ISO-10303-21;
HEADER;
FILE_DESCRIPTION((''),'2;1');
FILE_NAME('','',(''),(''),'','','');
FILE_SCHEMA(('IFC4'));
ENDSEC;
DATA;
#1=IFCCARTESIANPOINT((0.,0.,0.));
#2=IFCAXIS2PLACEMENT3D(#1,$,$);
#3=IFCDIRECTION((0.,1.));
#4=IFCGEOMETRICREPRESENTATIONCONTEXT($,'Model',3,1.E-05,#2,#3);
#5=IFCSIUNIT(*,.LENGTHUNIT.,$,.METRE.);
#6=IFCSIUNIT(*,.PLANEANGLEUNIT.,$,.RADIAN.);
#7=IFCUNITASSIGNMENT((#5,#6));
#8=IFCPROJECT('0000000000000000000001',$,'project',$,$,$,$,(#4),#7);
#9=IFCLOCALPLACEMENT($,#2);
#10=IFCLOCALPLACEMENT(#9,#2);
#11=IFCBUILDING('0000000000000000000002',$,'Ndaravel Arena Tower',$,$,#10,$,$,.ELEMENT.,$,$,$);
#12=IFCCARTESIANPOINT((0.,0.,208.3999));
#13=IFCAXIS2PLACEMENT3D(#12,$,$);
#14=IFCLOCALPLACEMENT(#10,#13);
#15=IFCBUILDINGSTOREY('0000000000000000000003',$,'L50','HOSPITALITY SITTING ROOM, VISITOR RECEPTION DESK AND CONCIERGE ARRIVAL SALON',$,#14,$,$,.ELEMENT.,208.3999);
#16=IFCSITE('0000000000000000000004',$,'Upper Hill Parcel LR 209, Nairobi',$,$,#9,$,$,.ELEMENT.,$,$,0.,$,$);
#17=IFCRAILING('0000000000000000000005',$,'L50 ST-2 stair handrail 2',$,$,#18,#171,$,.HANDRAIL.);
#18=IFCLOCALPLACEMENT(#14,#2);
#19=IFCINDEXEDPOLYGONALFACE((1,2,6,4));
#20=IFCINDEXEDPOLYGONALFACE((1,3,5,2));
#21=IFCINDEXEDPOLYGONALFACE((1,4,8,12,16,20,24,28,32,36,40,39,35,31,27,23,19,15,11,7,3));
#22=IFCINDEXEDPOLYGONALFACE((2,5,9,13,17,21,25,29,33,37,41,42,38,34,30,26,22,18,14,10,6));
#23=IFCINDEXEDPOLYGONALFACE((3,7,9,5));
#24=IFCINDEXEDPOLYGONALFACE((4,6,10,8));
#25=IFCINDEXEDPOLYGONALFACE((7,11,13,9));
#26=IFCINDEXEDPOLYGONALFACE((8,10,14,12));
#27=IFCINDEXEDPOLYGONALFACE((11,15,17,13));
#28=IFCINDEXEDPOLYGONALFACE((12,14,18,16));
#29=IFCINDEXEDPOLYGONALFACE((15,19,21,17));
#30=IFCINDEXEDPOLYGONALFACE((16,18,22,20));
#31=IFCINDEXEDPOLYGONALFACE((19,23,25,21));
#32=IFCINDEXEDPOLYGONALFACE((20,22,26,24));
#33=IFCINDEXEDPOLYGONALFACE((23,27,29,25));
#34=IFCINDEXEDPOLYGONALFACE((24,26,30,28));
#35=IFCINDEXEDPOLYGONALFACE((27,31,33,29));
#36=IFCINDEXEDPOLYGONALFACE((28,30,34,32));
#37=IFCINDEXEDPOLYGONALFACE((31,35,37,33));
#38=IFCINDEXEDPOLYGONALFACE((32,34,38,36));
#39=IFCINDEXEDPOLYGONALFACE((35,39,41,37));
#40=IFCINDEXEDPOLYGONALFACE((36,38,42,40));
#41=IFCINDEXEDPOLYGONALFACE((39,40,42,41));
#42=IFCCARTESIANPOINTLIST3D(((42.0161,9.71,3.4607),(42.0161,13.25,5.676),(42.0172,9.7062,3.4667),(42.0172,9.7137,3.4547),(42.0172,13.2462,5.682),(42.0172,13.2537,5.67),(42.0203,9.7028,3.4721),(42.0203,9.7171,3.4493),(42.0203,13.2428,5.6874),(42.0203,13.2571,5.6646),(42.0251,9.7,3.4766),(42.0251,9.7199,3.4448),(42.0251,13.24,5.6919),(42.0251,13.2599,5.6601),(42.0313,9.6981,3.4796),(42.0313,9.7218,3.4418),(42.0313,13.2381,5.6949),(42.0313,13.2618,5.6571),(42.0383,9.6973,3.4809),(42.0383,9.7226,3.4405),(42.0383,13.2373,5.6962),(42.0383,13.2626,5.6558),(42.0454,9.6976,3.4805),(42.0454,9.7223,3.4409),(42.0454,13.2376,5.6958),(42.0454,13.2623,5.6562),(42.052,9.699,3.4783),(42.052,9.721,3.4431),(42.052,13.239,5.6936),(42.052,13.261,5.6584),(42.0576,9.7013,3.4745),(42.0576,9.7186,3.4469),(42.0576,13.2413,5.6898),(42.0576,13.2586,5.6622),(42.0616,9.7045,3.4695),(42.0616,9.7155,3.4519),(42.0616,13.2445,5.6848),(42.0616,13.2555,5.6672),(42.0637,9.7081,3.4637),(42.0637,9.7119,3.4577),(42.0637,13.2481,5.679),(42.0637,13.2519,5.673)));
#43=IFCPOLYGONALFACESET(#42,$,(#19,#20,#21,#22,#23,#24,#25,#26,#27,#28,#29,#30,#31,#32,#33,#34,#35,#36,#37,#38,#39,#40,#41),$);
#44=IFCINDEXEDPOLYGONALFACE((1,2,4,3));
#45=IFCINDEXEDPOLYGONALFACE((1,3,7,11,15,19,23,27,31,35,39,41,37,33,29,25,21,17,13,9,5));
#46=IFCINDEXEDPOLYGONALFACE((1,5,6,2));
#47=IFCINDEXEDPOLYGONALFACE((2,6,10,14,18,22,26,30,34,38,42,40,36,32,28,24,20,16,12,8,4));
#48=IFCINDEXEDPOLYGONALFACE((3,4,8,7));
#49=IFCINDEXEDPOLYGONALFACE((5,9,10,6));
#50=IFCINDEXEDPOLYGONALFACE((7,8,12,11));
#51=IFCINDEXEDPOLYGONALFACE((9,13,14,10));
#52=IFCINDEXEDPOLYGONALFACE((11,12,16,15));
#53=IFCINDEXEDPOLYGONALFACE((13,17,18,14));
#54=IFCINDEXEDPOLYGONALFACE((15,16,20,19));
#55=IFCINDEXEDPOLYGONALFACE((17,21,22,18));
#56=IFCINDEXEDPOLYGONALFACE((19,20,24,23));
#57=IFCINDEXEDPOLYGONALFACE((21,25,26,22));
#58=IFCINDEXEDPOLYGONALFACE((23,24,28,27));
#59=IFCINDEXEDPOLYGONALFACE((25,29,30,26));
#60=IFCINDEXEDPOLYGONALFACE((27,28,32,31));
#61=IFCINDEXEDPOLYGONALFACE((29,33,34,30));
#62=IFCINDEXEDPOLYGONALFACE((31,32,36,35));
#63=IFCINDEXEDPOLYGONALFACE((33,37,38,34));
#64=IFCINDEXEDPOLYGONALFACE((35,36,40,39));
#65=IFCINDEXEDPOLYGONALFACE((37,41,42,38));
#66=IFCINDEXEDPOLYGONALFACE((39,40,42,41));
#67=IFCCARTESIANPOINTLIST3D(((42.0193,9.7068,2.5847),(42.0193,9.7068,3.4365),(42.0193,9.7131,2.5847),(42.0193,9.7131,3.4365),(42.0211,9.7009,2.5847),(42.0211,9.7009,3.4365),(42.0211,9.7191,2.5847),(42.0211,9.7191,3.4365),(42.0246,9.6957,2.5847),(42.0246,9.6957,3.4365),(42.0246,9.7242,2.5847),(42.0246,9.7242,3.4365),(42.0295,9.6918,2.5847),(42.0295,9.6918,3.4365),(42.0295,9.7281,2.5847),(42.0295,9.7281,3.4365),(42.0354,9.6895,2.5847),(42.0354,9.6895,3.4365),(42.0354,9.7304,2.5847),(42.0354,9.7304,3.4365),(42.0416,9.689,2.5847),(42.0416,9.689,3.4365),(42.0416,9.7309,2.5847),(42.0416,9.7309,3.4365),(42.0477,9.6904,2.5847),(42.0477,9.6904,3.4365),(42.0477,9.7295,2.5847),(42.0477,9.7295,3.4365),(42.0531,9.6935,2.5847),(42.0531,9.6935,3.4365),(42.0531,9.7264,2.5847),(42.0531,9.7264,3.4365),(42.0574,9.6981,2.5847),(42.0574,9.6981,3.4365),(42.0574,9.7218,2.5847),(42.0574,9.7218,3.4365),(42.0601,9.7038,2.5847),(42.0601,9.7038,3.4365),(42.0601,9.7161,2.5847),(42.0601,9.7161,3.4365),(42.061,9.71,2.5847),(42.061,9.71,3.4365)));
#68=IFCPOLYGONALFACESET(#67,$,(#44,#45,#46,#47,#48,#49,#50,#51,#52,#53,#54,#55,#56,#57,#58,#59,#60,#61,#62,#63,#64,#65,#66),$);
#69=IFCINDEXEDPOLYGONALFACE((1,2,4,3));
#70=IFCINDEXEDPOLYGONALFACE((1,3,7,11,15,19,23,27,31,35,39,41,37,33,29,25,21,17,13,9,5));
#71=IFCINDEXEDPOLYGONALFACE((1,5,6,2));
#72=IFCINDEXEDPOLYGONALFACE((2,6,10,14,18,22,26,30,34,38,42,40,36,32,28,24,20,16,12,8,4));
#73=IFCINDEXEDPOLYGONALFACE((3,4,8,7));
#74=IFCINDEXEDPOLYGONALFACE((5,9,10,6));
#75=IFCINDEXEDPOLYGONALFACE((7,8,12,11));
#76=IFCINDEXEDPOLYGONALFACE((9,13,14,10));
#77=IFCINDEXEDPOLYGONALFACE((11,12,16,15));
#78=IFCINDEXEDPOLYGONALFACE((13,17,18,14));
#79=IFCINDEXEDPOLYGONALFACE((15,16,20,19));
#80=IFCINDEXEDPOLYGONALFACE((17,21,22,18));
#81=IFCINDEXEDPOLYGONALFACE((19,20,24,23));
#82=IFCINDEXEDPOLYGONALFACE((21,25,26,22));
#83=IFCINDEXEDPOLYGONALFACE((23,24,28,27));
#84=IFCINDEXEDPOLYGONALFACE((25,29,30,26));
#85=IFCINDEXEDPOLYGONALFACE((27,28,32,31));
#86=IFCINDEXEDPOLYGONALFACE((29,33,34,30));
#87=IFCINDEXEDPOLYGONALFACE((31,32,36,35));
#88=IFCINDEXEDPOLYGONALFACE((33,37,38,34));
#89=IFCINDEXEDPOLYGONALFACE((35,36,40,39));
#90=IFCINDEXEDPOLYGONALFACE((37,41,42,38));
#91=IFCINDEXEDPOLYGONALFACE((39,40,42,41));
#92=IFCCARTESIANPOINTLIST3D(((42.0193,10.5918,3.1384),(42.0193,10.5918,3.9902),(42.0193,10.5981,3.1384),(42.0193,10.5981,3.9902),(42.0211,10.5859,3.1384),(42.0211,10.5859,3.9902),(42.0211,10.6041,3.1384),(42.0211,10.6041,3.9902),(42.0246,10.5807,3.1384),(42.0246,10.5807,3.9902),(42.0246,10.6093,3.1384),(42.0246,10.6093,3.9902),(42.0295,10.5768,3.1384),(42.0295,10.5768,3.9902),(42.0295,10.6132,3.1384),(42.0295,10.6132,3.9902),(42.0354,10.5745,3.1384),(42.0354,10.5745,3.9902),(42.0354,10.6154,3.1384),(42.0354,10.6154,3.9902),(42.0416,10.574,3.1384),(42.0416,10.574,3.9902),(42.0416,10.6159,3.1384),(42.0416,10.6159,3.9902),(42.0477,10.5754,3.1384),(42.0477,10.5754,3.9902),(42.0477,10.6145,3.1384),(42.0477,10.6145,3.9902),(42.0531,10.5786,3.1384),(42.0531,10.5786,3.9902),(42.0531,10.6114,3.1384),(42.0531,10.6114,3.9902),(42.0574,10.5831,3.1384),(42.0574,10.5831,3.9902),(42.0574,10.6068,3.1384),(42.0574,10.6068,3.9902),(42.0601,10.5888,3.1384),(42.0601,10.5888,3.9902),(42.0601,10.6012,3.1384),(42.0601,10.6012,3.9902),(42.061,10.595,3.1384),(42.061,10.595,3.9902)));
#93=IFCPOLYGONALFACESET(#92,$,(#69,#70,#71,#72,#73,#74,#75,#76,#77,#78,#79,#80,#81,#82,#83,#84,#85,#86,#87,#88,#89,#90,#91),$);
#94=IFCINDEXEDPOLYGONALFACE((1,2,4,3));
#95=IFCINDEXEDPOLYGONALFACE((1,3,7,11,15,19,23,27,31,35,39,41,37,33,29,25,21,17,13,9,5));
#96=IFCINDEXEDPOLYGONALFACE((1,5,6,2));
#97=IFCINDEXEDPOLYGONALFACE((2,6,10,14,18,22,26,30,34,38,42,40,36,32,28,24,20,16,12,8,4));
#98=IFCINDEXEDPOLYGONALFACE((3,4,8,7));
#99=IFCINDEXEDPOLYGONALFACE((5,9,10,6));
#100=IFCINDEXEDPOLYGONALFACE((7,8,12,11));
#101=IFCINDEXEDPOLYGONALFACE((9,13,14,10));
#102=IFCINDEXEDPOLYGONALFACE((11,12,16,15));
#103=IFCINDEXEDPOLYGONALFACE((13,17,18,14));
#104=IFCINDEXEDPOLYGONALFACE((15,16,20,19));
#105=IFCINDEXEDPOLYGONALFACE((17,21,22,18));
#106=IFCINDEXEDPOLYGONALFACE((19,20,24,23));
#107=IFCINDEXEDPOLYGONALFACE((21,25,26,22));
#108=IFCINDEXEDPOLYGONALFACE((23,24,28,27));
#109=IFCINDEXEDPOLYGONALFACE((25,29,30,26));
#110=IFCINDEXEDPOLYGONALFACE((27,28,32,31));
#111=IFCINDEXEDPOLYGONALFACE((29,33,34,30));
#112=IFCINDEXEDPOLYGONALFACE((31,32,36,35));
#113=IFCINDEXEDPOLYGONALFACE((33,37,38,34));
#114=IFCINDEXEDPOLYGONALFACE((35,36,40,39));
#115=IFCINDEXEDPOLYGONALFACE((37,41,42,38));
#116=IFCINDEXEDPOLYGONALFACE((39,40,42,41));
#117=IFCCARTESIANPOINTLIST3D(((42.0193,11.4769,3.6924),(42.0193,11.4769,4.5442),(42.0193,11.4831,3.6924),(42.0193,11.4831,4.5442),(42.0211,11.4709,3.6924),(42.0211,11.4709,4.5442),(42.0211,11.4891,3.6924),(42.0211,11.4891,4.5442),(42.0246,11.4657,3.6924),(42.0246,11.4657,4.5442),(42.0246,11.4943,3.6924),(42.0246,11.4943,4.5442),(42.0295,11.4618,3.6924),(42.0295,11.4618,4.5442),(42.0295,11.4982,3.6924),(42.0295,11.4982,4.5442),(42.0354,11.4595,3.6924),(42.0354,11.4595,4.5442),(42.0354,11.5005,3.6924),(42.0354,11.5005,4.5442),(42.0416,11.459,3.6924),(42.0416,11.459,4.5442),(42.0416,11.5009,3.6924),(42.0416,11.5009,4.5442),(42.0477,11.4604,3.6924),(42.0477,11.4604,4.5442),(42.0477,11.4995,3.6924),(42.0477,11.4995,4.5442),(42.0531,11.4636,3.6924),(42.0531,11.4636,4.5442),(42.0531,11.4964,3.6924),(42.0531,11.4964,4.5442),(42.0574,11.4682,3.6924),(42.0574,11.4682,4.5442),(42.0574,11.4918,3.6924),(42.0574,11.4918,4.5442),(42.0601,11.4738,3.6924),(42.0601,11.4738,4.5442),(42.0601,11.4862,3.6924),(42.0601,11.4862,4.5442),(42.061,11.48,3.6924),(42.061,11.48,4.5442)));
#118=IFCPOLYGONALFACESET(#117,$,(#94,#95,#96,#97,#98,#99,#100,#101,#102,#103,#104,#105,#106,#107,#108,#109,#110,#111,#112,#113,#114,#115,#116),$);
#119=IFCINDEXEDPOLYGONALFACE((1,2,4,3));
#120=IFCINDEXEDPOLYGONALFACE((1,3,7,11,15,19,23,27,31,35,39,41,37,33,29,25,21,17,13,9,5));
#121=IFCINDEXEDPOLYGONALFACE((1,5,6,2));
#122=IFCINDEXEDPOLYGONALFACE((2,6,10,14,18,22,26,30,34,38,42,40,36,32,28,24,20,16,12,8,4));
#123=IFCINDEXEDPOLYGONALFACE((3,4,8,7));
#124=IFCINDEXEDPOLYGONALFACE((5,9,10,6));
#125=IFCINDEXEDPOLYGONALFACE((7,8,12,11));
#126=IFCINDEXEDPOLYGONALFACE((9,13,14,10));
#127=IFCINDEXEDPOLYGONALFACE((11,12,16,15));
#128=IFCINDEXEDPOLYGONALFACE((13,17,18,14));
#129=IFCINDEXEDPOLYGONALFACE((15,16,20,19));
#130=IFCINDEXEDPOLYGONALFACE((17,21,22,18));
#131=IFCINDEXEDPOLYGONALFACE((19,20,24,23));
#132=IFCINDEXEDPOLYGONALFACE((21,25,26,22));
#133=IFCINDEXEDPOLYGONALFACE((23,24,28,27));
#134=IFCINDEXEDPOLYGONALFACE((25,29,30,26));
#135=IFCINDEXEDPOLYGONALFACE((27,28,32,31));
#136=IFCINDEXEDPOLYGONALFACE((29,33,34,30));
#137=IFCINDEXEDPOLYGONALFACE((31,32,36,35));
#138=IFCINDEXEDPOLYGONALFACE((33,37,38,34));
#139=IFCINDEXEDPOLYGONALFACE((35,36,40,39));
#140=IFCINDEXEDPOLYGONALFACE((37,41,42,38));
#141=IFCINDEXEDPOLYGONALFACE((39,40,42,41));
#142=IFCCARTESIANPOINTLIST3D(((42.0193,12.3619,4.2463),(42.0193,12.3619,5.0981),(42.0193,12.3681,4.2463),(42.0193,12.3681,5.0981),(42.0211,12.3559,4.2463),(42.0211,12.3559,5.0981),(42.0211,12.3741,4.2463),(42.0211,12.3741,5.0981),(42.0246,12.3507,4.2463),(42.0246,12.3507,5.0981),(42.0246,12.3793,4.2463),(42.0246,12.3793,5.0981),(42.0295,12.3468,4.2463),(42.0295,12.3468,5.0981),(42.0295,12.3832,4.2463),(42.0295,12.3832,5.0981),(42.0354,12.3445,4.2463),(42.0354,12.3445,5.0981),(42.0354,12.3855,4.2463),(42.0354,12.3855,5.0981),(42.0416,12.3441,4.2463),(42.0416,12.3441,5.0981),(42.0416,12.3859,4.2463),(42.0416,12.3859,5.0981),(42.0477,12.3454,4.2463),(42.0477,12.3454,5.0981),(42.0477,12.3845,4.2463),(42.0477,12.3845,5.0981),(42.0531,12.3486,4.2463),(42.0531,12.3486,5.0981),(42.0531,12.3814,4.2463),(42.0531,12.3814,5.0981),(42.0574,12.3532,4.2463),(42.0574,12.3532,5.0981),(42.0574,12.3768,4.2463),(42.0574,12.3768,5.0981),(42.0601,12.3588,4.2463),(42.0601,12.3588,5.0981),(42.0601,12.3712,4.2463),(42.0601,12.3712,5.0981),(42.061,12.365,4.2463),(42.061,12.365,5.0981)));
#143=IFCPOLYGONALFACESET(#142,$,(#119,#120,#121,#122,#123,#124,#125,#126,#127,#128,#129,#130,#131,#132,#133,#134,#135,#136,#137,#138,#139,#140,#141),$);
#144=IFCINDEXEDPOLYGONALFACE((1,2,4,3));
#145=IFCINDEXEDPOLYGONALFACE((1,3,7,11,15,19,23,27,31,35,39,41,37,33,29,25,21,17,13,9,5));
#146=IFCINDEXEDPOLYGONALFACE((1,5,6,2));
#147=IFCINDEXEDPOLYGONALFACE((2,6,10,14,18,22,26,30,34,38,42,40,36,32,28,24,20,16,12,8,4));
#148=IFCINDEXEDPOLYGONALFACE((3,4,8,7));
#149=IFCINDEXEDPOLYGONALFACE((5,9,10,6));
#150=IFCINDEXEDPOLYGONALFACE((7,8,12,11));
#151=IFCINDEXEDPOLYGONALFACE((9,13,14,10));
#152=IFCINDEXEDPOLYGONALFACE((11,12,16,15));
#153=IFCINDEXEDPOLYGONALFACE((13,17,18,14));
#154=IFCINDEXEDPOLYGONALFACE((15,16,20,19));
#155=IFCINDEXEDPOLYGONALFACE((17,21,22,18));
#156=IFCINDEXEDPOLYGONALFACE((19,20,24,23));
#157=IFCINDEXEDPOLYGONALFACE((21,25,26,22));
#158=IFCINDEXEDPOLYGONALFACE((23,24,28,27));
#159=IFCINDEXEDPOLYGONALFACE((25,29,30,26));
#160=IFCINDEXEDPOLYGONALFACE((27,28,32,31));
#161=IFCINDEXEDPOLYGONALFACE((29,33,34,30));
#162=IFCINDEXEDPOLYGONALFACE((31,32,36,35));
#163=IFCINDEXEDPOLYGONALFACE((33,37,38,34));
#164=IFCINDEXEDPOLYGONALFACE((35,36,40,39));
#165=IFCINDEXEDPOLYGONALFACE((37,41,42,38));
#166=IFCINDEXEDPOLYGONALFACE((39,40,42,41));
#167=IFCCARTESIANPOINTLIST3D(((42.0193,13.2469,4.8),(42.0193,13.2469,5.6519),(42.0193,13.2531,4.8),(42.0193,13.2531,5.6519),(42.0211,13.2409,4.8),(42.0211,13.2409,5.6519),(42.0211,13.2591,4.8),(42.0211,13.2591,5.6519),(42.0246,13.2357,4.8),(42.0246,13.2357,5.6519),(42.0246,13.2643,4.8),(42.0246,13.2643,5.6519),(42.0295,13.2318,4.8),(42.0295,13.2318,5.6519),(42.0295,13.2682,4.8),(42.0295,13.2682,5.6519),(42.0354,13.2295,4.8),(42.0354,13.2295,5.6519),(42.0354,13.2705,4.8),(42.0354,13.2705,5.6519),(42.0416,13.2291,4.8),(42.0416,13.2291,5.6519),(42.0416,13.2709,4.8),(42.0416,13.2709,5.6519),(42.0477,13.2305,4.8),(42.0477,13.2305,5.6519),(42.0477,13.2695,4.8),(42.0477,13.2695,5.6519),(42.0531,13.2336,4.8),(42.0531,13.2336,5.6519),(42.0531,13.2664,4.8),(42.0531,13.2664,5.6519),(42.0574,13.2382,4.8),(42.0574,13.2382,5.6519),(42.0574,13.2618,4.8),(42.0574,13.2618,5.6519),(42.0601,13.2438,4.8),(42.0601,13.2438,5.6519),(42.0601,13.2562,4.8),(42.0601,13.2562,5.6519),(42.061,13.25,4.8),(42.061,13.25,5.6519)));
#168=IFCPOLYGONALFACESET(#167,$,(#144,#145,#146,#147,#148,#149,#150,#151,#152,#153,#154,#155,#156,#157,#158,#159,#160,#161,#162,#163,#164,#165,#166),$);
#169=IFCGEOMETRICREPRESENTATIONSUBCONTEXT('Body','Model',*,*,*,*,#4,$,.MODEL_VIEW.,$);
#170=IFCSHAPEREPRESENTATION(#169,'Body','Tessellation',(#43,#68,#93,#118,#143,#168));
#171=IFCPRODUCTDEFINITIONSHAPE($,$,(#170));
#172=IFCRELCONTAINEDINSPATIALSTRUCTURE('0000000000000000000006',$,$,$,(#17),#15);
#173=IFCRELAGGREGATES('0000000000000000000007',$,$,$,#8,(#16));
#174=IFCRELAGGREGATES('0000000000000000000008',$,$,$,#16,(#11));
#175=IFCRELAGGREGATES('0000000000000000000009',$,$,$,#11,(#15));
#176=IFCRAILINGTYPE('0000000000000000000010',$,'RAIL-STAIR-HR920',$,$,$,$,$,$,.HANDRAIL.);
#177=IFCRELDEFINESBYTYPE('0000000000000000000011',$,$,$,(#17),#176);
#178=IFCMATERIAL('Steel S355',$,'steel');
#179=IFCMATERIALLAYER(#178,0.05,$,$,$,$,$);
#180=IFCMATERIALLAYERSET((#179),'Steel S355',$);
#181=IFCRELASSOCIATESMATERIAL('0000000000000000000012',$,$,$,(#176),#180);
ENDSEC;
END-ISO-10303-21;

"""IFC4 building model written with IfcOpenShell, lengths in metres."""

from ifc_helpers import new_model, si_unit, direction, frame, origin, origin_2d, place, context, subcontext, project, spatial, circle, extrude, material, layer, layer_set, type_object, element, save


model = new_model("IFC4")

# Units and contexts
model_context = context("Model", 3, precision=1e-05, world=origin(), true_north=direction((0.0, 1.0)))
body_context = subcontext(model_context, "Body", "Model", "MODEL_VIEW")
ifc_project = project(units=[si_unit("LENGTHUNIT", "METRE"), si_unit("PLANEANGLEUNIT", "RADIAN")], contexts=[model_context])

# Site, building, storey
site_placement = place(None, origin())
site = spatial("IfcSite", under=ifc_project, at=site_placement, Name="Upper Hill Parcel LR 209, Nairobi", CompositionType="ELEMENT", RefElevation=0.0)
building_placement = place(site_placement, origin())
building = spatial("IfcBuilding", under=site, at=building_placement, Name="Ndaravel Arena Tower", CompositionType="ELEMENT")
storey_placement = place(building_placement, frame((0.0, 0.0, 208.3999)))
storey = spatial("IfcBuildingStorey", under=building, at=storey_placement, Name="L50", Description="HOSPITALITY SITTING ROOM, VISITOR RECEPTION DESK AND CONCIERGE ARRIVAL SALON", CompositionType="ELEMENT", Elevation=208.3999)

# Railing
ifc_material_1 = material(Name="Steel S355", Category="steel")
ifc_layer_1 = layer(ifc_material_1, 0.05)
ifc_layer_set_1 = layer_set([ifc_layer_1], Name="Steel S355")
railing_type_1 = type_object("IfcRailingType", Name="RAIL-STAIR-HR920", PredefinedType="HANDRAIL", material=ifc_layer_set_1)
railing_1_placement = place(storey_placement, frame((42.04, 9.71, 2.5847)))
element("IfcRailing", 1, at=railing_1_placement, inside=storey, type_object=railing_type_1, Name="L50 ST-2 stair handrail 2", PredefinedType="HANDRAIL", context=body_context, shape_type="SweptSolid", body=[
    extrude(circle(Radius=0.0239, at=origin_2d()), frame((0.0, 0.0, 0.876), z_axis=(0.0, 0.847696, 0.530482), x_axis=(-1.0, 0.0, 0.0)), (0.0, 0.0, 1.0), 4.176),
    extrude(circle(Radius=0.021, at=origin_2d()), origin(), (0.0, 0.0, 1.0), 0.8518),
    extrude(circle(Radius=0.021, at=origin_2d()), frame((0.0, 0.885, 0.5537)), (0.0, 0.0, 1.0), 0.8518),
    extrude(circle(Radius=0.021, at=origin_2d()), frame((0.0, 1.77, 1.1077)), (0.0, 0.0, 1.0), 0.8518),
    extrude(circle(Radius=0.021, at=origin_2d()), frame((0.0, 2.655, 1.6616)), (0.0, 0.0, 1.0), 0.8518),
    extrude(circle(Radius=0.021, at=origin_2d()), frame((0.0, 3.54, 2.2153)), (0.0, 0.0, 1.0), 0.8518),
])

save(model, "model.ifc")
